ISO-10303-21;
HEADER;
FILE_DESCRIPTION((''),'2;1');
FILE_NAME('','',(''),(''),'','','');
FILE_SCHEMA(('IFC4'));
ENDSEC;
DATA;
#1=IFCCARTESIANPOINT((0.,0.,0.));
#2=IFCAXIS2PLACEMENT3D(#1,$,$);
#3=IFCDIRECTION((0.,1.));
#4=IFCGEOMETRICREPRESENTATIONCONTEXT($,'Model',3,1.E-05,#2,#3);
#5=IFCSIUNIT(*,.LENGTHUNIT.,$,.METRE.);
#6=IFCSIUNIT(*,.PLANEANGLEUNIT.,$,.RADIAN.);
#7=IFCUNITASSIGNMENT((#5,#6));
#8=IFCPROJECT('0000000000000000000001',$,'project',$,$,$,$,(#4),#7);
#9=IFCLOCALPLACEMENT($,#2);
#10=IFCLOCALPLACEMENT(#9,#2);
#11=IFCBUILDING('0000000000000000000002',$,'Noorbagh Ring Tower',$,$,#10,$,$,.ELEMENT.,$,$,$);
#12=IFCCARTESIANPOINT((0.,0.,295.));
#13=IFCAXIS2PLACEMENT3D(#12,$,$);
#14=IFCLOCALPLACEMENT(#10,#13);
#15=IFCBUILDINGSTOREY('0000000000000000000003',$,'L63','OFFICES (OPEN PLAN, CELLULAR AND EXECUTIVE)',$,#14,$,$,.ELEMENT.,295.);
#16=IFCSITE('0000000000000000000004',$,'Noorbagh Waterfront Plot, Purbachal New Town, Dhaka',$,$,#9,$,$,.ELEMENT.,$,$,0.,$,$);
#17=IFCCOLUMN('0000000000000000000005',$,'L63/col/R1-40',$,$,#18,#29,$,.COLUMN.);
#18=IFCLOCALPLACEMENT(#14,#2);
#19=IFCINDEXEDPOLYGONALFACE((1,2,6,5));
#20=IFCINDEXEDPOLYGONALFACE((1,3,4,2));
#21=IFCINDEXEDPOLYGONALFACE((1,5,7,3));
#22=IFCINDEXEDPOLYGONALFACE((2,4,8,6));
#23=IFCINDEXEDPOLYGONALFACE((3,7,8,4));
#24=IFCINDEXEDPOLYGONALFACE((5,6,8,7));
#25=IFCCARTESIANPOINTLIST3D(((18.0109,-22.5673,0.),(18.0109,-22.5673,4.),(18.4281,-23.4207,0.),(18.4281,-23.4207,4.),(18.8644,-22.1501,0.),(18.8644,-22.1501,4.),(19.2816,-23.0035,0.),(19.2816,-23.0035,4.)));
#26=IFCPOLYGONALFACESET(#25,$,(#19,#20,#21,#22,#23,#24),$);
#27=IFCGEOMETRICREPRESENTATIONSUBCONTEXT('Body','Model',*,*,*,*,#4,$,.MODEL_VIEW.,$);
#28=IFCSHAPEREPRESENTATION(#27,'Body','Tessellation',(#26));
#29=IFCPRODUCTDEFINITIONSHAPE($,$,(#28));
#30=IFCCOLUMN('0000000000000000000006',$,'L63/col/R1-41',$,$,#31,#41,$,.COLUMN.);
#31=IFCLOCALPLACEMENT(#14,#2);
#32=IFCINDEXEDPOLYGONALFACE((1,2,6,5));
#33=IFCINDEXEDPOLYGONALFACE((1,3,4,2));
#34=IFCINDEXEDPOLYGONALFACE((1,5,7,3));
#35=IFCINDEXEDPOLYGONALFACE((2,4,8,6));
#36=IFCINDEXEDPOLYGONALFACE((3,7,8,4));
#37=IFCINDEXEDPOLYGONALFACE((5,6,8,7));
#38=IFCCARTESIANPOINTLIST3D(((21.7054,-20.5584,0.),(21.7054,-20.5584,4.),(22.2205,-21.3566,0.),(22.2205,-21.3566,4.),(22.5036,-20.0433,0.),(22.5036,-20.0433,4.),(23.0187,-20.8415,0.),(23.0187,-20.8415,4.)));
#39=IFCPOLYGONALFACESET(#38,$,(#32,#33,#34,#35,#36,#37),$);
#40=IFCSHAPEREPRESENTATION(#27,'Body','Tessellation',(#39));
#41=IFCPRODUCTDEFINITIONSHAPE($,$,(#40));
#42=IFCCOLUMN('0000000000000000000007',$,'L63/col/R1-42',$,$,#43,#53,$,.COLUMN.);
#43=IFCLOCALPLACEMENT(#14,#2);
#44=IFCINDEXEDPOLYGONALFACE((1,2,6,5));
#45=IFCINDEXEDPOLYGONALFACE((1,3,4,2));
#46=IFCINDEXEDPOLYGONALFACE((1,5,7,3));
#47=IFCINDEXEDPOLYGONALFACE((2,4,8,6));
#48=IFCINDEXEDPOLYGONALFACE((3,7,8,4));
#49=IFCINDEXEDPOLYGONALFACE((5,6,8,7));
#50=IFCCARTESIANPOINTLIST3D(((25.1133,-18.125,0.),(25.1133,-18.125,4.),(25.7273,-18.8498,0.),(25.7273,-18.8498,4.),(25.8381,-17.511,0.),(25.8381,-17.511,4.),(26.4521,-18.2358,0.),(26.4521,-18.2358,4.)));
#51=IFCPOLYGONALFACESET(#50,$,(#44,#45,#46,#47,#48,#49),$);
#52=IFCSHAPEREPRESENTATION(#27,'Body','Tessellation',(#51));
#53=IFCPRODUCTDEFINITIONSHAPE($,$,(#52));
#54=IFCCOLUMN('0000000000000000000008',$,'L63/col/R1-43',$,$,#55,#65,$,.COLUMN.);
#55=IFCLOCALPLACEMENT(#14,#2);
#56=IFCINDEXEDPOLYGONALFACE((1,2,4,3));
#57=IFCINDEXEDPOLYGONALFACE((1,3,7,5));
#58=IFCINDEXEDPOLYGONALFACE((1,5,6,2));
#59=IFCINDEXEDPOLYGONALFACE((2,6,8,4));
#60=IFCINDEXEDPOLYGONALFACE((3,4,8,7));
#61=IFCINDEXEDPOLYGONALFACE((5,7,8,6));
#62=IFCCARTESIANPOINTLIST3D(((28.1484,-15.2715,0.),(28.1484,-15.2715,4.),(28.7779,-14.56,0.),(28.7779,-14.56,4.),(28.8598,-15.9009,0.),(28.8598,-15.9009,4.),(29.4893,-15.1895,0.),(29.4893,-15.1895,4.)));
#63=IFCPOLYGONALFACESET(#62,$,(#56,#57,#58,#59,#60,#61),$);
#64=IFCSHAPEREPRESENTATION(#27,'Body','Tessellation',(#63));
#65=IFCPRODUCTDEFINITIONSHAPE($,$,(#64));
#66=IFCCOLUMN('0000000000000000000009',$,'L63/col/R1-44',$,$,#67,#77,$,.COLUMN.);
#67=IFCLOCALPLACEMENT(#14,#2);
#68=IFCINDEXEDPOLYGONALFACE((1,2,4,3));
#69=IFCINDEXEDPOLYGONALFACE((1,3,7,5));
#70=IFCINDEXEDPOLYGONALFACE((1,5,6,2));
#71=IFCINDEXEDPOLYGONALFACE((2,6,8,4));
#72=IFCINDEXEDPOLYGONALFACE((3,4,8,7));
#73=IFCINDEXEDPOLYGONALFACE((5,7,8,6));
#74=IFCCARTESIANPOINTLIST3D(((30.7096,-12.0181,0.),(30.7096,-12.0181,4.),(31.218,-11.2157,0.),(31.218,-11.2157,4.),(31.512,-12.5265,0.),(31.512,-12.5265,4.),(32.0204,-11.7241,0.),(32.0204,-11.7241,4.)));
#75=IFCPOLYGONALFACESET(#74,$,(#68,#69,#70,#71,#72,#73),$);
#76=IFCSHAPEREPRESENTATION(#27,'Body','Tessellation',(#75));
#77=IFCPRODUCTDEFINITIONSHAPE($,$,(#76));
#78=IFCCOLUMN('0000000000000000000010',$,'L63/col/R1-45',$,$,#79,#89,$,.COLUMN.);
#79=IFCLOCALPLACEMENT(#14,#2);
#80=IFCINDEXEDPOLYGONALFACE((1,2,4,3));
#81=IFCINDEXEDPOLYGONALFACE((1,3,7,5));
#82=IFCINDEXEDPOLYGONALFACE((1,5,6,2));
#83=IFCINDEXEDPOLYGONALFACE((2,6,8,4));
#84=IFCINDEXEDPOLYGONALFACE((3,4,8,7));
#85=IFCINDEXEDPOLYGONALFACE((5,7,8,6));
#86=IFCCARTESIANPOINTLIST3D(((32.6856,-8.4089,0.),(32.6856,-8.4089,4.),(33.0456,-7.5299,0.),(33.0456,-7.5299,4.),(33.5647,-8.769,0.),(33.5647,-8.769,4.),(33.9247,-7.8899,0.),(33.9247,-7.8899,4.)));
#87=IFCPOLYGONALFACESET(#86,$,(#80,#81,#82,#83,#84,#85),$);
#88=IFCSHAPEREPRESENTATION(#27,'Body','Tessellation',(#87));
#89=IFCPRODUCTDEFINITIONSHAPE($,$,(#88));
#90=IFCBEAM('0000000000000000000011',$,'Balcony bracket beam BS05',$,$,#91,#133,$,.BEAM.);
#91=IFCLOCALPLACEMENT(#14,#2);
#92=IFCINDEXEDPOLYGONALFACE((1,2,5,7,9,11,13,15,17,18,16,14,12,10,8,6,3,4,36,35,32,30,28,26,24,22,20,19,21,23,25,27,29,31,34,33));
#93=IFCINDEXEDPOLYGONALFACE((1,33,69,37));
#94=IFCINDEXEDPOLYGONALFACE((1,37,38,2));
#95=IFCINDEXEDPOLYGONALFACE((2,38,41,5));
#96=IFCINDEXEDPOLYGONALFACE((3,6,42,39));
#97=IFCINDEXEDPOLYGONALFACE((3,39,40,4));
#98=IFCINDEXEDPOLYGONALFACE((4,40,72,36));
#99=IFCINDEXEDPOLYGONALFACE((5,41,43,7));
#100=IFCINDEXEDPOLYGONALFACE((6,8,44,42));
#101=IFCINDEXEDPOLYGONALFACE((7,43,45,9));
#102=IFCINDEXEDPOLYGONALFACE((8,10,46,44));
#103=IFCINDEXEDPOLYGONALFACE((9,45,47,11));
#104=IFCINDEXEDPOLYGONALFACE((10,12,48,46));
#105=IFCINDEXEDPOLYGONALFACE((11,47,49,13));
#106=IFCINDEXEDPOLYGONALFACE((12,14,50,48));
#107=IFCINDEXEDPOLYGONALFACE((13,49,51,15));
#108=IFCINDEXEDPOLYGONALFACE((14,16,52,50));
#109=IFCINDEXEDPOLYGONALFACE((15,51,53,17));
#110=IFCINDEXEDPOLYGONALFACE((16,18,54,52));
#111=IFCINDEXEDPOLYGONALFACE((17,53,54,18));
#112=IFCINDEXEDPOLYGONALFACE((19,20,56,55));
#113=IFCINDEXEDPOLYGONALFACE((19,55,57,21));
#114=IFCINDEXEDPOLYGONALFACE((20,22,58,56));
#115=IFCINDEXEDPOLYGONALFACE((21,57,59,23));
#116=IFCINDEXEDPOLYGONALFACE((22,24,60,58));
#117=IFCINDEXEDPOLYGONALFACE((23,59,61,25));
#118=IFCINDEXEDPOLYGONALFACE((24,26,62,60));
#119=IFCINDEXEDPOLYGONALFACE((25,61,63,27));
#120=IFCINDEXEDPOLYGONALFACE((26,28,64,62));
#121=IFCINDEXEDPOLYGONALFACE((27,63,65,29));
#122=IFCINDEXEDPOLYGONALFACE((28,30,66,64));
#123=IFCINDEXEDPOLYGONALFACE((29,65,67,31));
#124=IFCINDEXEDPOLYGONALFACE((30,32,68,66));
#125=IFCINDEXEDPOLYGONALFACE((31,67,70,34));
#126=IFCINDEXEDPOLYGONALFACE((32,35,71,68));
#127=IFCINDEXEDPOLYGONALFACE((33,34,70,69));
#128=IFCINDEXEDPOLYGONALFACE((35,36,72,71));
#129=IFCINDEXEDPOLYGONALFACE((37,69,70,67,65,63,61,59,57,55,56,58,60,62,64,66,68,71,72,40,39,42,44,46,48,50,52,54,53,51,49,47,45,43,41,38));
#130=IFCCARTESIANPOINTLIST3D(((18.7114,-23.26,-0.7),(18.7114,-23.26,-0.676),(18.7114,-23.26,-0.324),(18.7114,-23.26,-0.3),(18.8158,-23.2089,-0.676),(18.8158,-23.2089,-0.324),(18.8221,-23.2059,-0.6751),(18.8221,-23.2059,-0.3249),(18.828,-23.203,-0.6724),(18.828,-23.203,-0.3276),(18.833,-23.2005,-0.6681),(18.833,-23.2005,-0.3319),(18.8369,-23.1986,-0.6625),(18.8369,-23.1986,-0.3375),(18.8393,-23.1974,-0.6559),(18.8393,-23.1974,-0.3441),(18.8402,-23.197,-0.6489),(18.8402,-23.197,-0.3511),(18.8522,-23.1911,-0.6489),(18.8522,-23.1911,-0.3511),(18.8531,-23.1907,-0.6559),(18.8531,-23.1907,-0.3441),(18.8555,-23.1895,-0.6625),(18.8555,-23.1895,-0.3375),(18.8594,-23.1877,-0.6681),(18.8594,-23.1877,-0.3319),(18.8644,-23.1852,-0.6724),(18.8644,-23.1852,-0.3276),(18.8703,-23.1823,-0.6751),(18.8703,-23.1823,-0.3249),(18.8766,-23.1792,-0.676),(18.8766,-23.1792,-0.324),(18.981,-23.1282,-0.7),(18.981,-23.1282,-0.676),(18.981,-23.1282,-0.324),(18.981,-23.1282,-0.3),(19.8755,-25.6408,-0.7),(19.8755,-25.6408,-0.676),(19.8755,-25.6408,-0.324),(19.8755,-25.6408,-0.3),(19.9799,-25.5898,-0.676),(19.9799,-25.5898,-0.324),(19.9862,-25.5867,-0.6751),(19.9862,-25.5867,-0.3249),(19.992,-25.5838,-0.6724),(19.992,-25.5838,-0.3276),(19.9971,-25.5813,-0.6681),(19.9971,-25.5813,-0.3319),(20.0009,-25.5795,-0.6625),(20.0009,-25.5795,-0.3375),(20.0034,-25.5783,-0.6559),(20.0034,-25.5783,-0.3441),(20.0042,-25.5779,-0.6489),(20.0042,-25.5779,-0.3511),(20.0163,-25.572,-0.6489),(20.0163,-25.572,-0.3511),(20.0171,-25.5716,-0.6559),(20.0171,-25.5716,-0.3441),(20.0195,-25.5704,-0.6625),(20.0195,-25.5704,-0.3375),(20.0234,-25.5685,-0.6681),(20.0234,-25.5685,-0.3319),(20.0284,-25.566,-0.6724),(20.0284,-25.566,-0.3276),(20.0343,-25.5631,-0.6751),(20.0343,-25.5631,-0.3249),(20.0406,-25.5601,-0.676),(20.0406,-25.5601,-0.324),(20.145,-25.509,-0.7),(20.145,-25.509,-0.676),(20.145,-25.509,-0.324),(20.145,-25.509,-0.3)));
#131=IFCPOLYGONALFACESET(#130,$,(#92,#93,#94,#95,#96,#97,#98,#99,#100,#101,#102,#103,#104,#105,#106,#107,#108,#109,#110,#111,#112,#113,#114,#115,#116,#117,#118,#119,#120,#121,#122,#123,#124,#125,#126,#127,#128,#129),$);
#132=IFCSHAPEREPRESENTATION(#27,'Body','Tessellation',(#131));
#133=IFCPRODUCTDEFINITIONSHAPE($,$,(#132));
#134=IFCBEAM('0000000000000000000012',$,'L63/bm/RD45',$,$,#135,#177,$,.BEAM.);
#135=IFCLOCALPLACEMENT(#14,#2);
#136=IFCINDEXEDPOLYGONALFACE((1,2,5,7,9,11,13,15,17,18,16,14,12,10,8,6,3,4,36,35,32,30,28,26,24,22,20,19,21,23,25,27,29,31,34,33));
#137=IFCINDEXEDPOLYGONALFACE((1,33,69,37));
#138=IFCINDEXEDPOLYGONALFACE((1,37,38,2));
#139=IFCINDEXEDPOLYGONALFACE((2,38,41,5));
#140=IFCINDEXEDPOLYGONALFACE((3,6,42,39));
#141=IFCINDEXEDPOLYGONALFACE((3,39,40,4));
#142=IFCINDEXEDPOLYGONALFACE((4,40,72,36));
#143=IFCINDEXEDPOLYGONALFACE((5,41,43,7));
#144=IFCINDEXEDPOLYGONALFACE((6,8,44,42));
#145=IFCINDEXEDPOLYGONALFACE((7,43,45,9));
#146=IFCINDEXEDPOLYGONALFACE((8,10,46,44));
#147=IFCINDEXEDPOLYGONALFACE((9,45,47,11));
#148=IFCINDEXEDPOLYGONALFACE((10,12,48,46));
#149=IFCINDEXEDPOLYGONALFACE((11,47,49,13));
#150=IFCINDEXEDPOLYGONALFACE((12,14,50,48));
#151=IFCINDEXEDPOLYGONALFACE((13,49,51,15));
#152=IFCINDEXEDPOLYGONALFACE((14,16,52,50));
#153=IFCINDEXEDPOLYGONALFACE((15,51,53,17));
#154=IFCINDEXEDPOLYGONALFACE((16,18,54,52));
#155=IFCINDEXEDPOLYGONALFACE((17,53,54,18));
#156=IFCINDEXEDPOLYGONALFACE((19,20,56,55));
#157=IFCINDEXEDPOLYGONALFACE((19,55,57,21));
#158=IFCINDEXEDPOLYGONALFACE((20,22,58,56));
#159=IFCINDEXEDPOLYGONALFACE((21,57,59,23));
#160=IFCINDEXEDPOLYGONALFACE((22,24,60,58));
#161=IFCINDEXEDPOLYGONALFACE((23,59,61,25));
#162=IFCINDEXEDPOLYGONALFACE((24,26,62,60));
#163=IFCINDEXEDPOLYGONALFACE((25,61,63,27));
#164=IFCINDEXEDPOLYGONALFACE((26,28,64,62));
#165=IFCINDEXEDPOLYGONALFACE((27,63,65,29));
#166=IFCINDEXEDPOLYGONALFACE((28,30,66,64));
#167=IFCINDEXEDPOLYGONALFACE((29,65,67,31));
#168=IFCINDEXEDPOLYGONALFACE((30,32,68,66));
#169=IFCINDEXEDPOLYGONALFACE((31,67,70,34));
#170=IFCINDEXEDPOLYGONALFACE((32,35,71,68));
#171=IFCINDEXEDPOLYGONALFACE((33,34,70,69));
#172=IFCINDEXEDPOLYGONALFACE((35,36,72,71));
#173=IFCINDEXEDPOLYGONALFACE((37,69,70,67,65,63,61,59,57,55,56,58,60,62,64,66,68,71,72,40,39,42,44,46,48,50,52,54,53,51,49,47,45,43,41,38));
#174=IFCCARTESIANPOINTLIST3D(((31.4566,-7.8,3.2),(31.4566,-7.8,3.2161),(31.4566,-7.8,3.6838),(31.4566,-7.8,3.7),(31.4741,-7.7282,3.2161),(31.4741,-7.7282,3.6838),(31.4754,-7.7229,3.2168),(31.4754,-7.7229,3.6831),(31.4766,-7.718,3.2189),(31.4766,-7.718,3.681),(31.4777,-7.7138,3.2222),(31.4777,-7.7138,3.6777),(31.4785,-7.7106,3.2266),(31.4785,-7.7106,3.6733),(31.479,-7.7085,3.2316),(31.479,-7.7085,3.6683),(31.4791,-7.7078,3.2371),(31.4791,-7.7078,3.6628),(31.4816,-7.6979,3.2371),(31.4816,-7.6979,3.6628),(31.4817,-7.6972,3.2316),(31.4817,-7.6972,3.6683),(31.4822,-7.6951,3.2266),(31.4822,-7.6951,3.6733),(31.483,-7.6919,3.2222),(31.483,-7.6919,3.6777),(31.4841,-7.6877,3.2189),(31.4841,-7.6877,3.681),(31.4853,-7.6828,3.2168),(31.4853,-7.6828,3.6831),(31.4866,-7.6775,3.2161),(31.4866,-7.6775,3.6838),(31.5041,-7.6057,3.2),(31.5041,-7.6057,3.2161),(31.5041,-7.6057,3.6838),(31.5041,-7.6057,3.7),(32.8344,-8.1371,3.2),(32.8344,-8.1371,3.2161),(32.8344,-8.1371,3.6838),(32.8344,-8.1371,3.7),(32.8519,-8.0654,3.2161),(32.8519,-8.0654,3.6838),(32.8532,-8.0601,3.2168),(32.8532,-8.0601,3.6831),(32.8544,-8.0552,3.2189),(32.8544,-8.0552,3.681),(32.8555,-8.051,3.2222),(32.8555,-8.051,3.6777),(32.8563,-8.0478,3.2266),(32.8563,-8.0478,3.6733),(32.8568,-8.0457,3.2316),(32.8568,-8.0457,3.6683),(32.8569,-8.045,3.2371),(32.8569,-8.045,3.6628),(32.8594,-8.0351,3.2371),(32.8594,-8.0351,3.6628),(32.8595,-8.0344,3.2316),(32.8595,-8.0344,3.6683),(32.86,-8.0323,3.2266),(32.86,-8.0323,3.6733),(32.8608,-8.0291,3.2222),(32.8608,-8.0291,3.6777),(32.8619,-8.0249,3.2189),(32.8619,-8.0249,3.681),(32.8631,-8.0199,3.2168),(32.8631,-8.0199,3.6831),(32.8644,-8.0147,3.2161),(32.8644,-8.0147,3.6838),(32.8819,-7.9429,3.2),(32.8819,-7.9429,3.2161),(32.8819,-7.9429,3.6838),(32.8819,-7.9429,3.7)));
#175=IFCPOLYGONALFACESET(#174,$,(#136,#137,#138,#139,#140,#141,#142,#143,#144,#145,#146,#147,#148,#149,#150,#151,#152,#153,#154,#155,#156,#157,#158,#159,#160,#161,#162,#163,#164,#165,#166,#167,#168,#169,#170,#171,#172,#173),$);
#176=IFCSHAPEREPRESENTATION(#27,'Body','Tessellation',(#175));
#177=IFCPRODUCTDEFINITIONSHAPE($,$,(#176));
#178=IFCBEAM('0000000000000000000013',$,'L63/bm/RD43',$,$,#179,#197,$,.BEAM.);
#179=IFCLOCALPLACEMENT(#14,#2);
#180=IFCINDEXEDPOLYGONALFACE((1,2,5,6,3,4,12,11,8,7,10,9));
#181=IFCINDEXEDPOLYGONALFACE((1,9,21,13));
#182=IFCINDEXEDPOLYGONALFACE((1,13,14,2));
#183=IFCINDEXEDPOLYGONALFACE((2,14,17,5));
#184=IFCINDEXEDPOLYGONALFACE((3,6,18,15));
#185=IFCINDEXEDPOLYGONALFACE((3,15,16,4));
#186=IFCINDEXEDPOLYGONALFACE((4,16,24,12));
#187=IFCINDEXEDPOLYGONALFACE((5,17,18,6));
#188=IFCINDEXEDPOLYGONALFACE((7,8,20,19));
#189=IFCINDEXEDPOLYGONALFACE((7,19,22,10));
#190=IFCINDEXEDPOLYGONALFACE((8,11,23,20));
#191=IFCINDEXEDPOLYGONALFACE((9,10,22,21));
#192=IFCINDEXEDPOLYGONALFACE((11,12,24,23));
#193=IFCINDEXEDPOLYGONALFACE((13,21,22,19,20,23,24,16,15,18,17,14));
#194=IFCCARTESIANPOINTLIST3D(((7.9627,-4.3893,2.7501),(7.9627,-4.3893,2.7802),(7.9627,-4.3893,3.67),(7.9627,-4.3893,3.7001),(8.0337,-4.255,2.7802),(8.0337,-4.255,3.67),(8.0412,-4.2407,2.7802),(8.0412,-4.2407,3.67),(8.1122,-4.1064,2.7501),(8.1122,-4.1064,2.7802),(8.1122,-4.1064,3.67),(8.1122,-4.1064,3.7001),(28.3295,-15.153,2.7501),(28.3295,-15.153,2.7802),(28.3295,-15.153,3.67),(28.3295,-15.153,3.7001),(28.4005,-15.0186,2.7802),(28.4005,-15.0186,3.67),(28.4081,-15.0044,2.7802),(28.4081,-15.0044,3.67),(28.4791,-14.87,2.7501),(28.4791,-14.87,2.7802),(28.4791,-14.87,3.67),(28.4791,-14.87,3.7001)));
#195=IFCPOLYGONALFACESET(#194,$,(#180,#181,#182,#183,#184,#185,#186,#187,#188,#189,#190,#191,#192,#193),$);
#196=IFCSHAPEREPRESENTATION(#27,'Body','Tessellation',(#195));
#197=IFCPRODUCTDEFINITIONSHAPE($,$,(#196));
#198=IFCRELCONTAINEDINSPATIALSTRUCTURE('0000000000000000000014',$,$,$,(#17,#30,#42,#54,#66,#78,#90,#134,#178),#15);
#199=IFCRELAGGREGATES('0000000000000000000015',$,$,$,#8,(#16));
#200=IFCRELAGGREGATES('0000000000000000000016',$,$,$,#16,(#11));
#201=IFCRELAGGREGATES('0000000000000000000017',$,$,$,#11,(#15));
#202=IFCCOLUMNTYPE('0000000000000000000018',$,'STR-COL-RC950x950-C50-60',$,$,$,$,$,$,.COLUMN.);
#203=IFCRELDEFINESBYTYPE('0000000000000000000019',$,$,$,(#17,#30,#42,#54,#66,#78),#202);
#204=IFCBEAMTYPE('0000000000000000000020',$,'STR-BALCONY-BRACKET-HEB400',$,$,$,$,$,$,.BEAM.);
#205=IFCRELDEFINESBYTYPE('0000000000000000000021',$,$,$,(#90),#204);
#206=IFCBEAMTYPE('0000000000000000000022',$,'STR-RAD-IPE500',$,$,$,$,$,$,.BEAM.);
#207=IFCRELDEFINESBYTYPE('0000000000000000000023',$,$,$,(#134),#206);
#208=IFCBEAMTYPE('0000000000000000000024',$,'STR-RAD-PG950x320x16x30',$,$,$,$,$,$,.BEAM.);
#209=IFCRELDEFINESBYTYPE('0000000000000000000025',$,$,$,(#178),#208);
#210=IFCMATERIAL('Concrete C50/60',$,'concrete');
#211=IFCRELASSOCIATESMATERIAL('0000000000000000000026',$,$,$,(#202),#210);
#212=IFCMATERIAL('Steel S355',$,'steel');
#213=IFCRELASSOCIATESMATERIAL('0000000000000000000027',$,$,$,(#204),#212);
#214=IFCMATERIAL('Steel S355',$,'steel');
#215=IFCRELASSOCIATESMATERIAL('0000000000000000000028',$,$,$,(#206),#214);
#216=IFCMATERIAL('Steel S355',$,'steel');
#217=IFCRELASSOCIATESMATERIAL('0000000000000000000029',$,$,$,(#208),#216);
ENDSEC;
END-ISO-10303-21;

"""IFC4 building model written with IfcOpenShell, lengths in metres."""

from ifc_helpers import new_model, si_unit, direction, frame, origin, origin_2d, place, context, subcontext, project, spatial, rectangle, i_section, extrude, material, material_profile, profile_set, type_object, element, save


model = new_model("IFC4")

# Units and contexts
model_context = context("Model", 3, precision=1e-05, world=origin(), true_north=direction((0.0, 1.0)))
body_context = subcontext(model_context, "Body", "Model", "MODEL_VIEW")
ifc_project = project(units=[si_unit("LENGTHUNIT", "METRE"), si_unit("PLANEANGLEUNIT", "RADIAN")], contexts=[model_context])

# Site, building, storey
site_placement = place(None, origin())
site = spatial("IfcSite", under=ifc_project, at=site_placement, Name="Noorbagh Waterfront Plot, Purbachal New Town, Dhaka", CompositionType="ELEMENT", RefElevation=0.0)
building_placement = place(site_placement, origin())
building = spatial("IfcBuilding", under=site, at=building_placement, Name="Noorbagh Ring Tower", CompositionType="ELEMENT")
storey_placement = place(building_placement, frame((0.0, 0.0, 295.0)))
storey = spatial("IfcBuildingStorey", under=building, at=storey_placement, Name="L63", Description="OFFICES (OPEN PLAN, CELLULAR AND EXECUTIVE)", CompositionType="ELEMENT", Elevation=295.0)

# Columns
ifc_material_1 = material(Name="Concrete C50/60", Category="concrete")
ifc_material_profile_1 = material_profile(ifc_material_1, rectangle(XDim=0.95, YDim=0.95, at=origin_2d()), Name="RC950x950")
ifc_profile_set_1 = profile_set([ifc_material_profile_1], Name="Concrete C50/60")
column_type = type_object("IfcColumnType", Name="STR-COL-RC950x950-C50-60", PredefinedType="COLUMN", material=ifc_profile_set_1)
for number, where, z_axis, x_axis, name in (
    (1, (18.6462, -22.7854, 0.0), (0.0, 0.0, 1.0), (0.898399, 0.43918, 0.0), "L63/col/R1-40"),
    (2, (22.3621, -20.7, 0.0), (0.0, 0.0, 1.0), (0.840248, 0.542203, 0.0), "L63/col/R1-41"),
    (3, (25.7827, -18.1804, 0.0), (0.0, 0.0, 1.0), (0.763035, 0.646357, 0.0), "L63/col/R1-42"),
    (4, (28.8188, -15.2305, 0.0), (0.0, 0.0, 1.0), (0.662636, 0.748942, 0.0), "L63/col/R1-43"),
    (5, (31.365, -11.8711, 0.0), (0.0, 0.0, 1.0), (0.53519, 0.844731, 0.0), "L63/col/R1-44"),
    (6, (33.3052, -8.1494, 0.0), (0.0, 0.0, 1.0), (0.378989, 0.925401, 0.0), "L63/col/R1-45"),
):
    element("IfcColumn", number, at=place(storey_placement, frame(where, z_axis=z_axis, x_axis=x_axis)), inside=storey, type_object=column_type, Name=name, PredefinedType="COLUMN", context=body_context, shape_type="SweptSolid", body=[
        extrude(rectangle(XDim=0.95, YDim=0.95, at=origin_2d()), origin(), (0.0, 0.0, 1.0), 4.0),
    ])

# Beams
ifc_material_2 = material(Name="Steel S355", Category="steel")
ifc_material_profile_2 = material_profile(ifc_material_2, i_section(OverallWidth=0.3, OverallDepth=0.3999, WebThickness=0.0134, FlangeThickness=0.0239, FilletRadius=0.0271, at=origin_2d()), Name="HEB400")
ifc_profile_set_2 = profile_set([ifc_material_profile_2], Name="Steel S355")
beam_type_1 = type_object("IfcBeamType", Name="STR-BALCONY-BRACKET-HEB400", PredefinedType="BEAM", material=ifc_profile_set_2)
beam_1_placement = place(storey_placement, frame((18.8462, -23.1941, -0.5), z_axis=(0.439237, -0.898371, 0.0), x_axis=(0.898371, 0.439237, 0.0)))
element("IfcBeam", 7, at=beam_1_placement, inside=storey, type_object=beam_type_1, Name="Balcony bracket beam BS05", PredefinedType="BEAM", context=body_context, shape_type="SweptSolid", body=[
    extrude(i_section(OverallWidth=0.3, OverallDepth=0.3999, WebThickness=0.0134, FlangeThickness=0.0239, FilletRadius=0.0271, at=origin_2d()), origin(), (0.0, 0.0, 1.0), 2.6501),
])
ifc_material_3 = material(Name="Steel S355", Category="steel")
ifc_material_profile_3 = material_profile(ifc_material_3, i_section(OverallWidth=0.2, OverallDepth=0.5, WebThickness=0.0103, FlangeThickness=0.0161, FilletRadius=0.021, at=origin_2d()), Name="IPE500")
ifc_profile_set_3 = profile_set([ifc_material_profile_3], Name="Steel S355")
beam_type_2 = type_object("IfcBeamType", Name="STR-RAD-IPE500", PredefinedType="BEAM", material=ifc_profile_set_3)
beam_2_placement = place(storey_placement, frame((32.8582, -8.04, 3.45), z_axis=(-0.971335, 0.237713, 0.0), x_axis=(-0.237713, -0.971335, 0.0)))
element("IfcBeam", 8, at=beam_2_placement, inside=storey, type_object=beam_type_2, Name="L63/bm/RD45", PredefinedType="BEAM", context=body_context, shape_type="SweptSolid", body=[
    extrude(i_section(OverallWidth=0.2, OverallDepth=0.5, WebThickness=0.0103, FlangeThickness=0.0161, FilletRadius=0.021, at=origin_2d()), origin(), (0.0, 0.0, 1.0), 1.4185),
])
ifc_material_4 = material(Name="Steel S355", Category="steel")
ifc_material_profile_4 = material_profile(ifc_material_4, i_section(OverallWidth=0.3201, OverallDepth=0.95, WebThickness=0.0161, FlangeThickness=0.03, at=origin_2d()), Name="PG950x320x16x30")
ifc_profile_set_4 = profile_set([ifc_material_profile_4], Name="Steel S355")
beam_type_3 = type_object("IfcBeamType", Name="STR-RAD-PG950x320x16x30", PredefinedType="BEAM", material=ifc_profile_set_4)
beam_3_placement = place(storey_placement, frame((28.4043, -15.0115, 3.2251), z_axis=(-0.884126, 0.467249, 0.0), x_axis=(-0.467249, -0.884126, 0.0)))
element("IfcBeam", 9, at=beam_3_placement, inside=storey, type_object=beam_type_3, Name="L63/bm/RD43", PredefinedType="BEAM", context=body_context, shape_type="SweptSolid", body=[
    extrude(i_section(OverallWidth=0.3201, OverallDepth=0.95, WebThickness=0.0161, FlangeThickness=0.03, at=origin_2d()), origin(), (0.0, 0.0, 1.0), 23.0361),
])

save(model, "model.ifc")
